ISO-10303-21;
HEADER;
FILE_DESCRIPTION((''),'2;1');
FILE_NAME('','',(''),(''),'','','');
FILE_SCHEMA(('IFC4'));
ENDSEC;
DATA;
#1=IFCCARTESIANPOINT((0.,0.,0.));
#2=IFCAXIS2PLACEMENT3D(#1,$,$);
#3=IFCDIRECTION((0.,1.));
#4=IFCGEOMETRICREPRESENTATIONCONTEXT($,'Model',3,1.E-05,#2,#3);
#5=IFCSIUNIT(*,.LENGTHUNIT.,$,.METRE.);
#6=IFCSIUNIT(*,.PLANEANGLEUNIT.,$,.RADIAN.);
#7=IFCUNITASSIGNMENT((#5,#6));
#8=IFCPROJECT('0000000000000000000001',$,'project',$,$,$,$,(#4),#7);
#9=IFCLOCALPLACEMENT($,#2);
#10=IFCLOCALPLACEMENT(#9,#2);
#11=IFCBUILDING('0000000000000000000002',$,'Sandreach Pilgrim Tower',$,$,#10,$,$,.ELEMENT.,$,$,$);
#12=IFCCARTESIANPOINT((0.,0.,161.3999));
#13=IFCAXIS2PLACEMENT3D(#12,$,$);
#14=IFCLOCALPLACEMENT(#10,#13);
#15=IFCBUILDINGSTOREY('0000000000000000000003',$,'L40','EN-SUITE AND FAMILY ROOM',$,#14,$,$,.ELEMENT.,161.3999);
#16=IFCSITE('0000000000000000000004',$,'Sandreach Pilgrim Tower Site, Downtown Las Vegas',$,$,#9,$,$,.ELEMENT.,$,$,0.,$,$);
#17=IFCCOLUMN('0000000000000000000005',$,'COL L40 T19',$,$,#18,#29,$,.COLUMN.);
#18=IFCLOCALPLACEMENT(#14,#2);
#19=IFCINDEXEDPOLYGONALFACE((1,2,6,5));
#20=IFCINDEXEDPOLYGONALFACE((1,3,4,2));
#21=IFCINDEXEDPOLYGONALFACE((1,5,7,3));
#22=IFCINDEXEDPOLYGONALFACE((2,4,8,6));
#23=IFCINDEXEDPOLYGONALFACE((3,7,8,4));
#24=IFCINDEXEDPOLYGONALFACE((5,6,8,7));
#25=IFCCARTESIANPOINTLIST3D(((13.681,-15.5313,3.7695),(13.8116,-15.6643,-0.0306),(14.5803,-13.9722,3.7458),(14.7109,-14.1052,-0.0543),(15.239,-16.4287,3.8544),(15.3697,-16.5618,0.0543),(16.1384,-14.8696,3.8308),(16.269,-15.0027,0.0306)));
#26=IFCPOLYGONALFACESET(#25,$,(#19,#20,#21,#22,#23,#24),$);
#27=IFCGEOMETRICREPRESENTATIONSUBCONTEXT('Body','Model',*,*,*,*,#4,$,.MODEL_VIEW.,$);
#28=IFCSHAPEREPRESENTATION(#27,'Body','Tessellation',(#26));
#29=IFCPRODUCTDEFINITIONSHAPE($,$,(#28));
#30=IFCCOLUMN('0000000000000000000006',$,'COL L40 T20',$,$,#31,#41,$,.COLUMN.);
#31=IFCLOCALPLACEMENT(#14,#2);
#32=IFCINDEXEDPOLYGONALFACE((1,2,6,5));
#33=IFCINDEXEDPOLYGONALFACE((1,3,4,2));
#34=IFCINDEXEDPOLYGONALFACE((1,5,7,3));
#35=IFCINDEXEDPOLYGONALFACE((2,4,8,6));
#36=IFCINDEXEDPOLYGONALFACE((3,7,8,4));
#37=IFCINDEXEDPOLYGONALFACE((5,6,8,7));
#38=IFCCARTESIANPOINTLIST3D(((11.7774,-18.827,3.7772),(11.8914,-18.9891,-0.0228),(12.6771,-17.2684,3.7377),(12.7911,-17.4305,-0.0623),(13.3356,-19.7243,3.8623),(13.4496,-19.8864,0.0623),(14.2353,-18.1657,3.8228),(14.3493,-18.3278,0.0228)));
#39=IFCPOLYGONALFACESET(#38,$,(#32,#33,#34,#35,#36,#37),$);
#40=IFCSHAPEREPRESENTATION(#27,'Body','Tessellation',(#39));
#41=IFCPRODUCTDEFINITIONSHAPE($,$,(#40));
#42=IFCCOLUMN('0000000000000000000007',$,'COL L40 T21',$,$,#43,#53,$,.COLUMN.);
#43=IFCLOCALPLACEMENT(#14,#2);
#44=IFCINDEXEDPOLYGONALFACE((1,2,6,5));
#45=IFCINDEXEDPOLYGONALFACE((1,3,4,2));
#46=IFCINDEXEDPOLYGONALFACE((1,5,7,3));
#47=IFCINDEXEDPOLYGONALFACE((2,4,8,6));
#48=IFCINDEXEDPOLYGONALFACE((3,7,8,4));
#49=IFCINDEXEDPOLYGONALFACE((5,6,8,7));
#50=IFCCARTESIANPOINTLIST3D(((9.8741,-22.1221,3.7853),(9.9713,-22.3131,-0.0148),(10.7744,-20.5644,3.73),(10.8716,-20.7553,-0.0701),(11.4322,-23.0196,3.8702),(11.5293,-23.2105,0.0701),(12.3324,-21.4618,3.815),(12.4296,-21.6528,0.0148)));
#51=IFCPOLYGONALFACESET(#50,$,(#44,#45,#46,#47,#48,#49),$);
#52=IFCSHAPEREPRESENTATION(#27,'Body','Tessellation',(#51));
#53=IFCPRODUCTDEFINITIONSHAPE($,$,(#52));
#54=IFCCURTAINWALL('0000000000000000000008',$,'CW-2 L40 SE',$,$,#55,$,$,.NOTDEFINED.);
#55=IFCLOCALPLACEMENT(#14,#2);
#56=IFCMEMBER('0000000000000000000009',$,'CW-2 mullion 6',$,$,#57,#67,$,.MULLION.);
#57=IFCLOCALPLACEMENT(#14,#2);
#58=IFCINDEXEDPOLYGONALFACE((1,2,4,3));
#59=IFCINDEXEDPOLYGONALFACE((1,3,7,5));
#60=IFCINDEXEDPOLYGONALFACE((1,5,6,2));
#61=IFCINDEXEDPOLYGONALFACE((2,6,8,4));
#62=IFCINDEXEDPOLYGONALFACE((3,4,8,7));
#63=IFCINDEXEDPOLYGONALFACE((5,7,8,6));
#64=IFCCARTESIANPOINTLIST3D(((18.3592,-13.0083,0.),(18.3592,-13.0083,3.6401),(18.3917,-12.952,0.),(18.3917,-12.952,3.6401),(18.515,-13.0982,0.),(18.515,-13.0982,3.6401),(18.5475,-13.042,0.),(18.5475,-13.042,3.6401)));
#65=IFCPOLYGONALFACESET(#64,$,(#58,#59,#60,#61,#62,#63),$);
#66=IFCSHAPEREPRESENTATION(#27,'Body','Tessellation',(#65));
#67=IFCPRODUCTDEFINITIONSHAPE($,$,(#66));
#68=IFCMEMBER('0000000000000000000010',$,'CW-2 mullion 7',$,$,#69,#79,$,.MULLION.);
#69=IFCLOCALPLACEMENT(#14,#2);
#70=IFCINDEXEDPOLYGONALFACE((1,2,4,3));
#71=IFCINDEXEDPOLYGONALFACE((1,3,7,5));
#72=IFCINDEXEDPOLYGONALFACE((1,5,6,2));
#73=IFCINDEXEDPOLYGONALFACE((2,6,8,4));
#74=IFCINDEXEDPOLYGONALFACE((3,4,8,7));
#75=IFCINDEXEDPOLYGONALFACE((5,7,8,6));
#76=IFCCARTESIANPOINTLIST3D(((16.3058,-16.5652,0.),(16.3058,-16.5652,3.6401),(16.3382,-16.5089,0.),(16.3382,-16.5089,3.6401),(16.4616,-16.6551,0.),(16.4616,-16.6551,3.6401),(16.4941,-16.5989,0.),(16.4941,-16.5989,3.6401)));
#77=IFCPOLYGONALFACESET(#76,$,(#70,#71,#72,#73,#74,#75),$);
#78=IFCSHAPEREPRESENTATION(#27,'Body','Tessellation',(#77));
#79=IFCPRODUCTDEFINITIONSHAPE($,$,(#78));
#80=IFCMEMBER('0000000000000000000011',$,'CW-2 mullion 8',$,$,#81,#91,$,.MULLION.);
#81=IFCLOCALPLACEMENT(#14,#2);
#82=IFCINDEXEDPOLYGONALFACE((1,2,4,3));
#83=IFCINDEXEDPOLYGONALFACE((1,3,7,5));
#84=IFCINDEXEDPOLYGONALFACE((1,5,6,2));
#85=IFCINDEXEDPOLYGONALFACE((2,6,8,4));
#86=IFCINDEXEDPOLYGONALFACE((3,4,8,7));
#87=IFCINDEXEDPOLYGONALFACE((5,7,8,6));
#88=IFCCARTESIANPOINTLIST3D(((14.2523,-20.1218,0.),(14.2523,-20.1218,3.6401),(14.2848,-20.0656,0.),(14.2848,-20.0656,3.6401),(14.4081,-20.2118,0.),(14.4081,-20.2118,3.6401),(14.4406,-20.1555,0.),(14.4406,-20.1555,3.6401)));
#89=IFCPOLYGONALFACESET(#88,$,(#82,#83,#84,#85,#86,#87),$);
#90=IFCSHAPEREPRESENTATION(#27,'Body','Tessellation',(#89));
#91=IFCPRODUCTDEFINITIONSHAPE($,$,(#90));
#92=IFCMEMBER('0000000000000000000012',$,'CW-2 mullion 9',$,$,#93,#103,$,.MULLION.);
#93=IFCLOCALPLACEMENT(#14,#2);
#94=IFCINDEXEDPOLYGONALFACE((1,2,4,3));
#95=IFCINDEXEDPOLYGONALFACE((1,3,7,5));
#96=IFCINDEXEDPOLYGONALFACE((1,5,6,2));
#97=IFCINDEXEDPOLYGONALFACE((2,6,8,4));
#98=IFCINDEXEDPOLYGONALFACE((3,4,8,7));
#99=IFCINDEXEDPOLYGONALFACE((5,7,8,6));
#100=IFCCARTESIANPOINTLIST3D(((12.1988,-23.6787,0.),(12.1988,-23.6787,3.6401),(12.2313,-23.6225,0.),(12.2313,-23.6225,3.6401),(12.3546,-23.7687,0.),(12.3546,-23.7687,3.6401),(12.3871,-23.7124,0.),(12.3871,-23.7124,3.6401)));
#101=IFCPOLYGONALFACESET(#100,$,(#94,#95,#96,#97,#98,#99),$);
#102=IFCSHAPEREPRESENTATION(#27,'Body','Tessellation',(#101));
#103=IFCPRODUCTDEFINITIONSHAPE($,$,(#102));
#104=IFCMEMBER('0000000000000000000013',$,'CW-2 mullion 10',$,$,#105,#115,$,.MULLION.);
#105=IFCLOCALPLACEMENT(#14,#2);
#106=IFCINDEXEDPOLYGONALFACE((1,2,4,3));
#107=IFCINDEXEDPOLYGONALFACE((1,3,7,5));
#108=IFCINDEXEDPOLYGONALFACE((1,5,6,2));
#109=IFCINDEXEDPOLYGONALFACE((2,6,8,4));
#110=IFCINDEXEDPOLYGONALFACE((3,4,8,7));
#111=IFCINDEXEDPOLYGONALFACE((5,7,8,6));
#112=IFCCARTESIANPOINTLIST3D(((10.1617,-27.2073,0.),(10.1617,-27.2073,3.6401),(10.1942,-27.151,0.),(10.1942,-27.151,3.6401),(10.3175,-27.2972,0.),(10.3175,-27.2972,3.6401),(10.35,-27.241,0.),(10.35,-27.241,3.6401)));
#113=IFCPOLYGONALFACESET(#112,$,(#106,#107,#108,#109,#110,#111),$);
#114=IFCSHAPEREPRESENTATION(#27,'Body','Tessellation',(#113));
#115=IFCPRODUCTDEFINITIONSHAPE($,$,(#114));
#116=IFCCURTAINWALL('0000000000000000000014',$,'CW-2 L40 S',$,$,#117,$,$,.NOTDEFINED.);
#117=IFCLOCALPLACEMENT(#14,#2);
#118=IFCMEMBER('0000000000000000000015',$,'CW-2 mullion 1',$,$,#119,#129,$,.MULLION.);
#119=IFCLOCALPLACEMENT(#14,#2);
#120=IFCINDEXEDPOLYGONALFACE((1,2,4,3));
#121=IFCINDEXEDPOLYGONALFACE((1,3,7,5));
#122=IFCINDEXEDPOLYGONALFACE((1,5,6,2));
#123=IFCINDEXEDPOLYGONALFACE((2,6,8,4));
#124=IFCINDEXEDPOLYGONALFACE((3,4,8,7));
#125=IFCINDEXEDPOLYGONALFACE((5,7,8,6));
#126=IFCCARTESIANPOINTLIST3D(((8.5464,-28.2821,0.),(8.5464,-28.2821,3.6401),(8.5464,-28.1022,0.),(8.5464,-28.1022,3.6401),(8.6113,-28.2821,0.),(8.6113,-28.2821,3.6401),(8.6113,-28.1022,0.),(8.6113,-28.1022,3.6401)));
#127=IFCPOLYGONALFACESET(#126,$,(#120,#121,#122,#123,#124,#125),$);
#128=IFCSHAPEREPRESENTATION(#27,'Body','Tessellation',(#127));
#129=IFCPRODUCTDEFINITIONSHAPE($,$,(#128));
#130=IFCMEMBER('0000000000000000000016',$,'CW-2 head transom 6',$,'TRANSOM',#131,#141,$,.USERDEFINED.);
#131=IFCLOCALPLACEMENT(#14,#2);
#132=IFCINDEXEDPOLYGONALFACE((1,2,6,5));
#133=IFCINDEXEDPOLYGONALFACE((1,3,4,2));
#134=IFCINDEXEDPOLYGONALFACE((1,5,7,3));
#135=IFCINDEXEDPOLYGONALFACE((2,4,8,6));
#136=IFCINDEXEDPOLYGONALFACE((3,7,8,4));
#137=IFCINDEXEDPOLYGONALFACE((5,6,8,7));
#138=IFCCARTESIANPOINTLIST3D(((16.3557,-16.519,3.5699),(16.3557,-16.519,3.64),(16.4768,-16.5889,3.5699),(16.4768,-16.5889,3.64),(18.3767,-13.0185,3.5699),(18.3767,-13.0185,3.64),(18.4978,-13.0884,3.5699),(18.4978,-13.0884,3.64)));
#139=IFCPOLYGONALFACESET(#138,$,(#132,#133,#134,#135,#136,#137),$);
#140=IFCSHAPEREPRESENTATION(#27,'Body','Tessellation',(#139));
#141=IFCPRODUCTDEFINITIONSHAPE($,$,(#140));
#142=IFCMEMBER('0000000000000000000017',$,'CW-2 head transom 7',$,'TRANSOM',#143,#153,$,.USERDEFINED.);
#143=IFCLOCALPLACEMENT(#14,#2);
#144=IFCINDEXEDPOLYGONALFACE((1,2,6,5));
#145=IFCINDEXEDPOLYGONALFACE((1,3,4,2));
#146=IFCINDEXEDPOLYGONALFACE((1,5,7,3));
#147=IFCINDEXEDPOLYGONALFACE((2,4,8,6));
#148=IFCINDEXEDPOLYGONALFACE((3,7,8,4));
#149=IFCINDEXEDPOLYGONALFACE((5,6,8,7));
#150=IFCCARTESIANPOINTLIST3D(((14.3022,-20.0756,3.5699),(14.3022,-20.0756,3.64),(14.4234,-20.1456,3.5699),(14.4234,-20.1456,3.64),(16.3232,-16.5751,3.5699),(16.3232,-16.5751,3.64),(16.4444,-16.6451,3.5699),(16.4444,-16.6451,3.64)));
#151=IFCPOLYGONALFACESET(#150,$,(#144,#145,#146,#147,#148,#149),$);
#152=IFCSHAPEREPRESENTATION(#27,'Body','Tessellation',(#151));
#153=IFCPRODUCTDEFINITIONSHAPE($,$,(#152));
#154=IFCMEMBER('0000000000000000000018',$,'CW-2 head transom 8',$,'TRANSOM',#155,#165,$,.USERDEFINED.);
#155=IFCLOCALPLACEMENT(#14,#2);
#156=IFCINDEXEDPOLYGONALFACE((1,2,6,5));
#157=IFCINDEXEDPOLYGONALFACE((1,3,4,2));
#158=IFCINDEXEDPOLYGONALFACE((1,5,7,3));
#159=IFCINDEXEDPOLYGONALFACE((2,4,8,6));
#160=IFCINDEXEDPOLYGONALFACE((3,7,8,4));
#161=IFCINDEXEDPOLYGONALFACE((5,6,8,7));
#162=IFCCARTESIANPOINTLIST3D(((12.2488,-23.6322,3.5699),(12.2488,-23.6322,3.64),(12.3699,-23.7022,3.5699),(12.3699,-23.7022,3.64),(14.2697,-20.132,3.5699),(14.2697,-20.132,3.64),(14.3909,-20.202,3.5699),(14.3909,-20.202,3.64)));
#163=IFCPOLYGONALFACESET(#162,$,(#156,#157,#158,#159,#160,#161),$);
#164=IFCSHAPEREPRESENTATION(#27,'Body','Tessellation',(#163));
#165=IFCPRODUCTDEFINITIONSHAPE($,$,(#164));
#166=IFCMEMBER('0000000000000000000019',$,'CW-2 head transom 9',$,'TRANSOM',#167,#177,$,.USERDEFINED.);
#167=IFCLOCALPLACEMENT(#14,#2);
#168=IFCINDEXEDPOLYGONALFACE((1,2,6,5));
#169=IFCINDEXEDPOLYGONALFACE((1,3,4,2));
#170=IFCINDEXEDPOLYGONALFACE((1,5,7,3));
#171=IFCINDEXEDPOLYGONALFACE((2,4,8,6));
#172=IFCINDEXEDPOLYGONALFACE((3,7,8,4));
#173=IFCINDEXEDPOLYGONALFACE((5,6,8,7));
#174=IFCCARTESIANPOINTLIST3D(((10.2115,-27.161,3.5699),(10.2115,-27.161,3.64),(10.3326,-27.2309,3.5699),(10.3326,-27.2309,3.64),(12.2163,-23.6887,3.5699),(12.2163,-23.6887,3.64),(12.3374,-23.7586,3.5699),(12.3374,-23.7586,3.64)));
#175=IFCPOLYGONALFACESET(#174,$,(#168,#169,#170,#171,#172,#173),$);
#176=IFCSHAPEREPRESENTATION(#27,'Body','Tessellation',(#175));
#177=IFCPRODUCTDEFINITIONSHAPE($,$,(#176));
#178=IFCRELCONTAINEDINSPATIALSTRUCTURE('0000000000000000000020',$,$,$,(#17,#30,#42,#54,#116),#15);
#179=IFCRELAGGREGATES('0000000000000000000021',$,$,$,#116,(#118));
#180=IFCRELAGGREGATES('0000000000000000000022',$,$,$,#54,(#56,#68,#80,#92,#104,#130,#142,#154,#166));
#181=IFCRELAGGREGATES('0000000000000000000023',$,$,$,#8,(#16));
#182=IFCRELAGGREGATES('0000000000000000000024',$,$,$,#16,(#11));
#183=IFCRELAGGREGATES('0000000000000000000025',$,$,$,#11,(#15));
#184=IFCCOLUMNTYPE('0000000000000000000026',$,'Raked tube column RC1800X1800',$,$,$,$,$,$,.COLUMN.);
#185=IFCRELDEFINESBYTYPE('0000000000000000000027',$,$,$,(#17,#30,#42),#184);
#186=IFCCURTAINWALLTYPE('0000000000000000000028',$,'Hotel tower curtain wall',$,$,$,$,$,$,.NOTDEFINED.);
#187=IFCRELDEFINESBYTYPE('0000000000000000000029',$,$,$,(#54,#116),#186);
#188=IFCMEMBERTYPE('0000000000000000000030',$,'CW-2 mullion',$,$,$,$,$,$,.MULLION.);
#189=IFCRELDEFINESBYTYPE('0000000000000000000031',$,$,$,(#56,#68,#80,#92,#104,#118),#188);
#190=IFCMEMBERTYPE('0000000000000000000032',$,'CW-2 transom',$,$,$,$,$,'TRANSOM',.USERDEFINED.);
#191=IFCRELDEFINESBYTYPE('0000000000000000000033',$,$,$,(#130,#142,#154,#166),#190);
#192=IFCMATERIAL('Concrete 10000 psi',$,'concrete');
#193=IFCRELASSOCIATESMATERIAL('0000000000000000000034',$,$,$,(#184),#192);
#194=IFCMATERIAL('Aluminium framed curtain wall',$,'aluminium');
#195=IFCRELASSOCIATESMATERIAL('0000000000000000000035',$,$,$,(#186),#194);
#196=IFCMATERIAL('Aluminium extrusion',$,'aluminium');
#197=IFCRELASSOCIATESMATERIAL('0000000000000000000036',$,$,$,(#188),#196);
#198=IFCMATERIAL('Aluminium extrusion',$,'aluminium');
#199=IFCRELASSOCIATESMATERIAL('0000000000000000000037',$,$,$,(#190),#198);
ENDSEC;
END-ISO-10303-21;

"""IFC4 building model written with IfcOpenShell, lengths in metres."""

from ifc_helpers import new_model, si_unit, direction, frame, origin, origin_2d, place, context, subcontext, project, spatial, rectangle, extrude, material, material_profile, profile_set, type_object, element, aggregate, save


model = new_model("IFC4")

# Units and contexts
model_context = context("Model", 3, precision=1e-05, world=origin(), true_north=direction((0.0, 1.0)))
body_context = subcontext(model_context, "Body", "Model", "MODEL_VIEW")
ifc_project = project(units=[si_unit("LENGTHUNIT", "METRE"), si_unit("PLANEANGLEUNIT", "RADIAN")], contexts=[model_context])

# Site, building, storey
site_placement = place(None, origin())
site = spatial("IfcSite", under=ifc_project, at=site_placement, Name="Sandreach Pilgrim Tower Site, Downtown Las Vegas", CompositionType="ELEMENT", RefElevation=0.0)
building_placement = place(site_placement, origin())
building = spatial("IfcBuilding", under=site, at=building_placement, Name="Sandreach Pilgrim Tower", CompositionType="ELEMENT")
storey_placement = place(building_placement, frame((0.0, 0.0, 161.3999)))
storey = spatial("IfcBuildingStorey", under=building, at=storey_placement, Name="L40", Description="EN-SUITE AND FAMILY ROOM", CompositionType="ELEMENT", Elevation=161.3999)

# Columns
ifc_material_1 = material(Name="Concrete 10000 psi", Category="concrete")
ifc_material_profile_1 = material_profile(ifc_material_1, rectangle(XDim=1.8, YDim=1.8, at=origin_2d()), Name="RC1800X1800")
ifc_profile_set_1 = profile_set([ifc_material_profile_1], Name="Concrete 10000 psi")
column_type = type_object("IfcColumnType", Name="Raked tube column RC1800X1800", PredefinedType="COLUMN", material=ifc_profile_set_1)
column_1_placement = place(storey_placement, frame((15.0403, -15.3335, 0.0), z_axis=(-0.034331, 0.034972, 0.998798), x_axis=(0.865569, -0.49856, 0.047208)))
element("IfcColumn", 1, at=column_1_placement, inside=storey, type_object=column_type, Name="COL L40 T19", PredefinedType="COLUMN", context=body_context, shape_type="SweptSolid", body=[
    extrude(rectangle(XDim=1.8, YDim=1.8, at=origin_2d()), origin(), (0.0, 0.0, 1.0), 3.8047),
])
column_2_placement = place(storey_placement, frame((13.1204, -18.6584, 0.0), z_axis=(-0.029962, 0.042602, 0.998643), x_axis=(0.865618, -0.498472, 0.047236)))
element("IfcColumn", 2, at=column_2_placement, inside=storey, type_object=column_type, Name="COL L40 T20", PredefinedType="COLUMN", context=body_context, shape_type="SweptSolid", body=[
    extrude(rectangle(XDim=1.8, YDim=1.8, at=origin_2d()), origin(), (0.0, 0.0, 1.0), 3.8052),
])
column_3_placement = place(storey_placement, frame((11.2004, -21.9829, 0.0), z_axis=(-0.02553, 0.050161, 0.998415), x_axis=(0.865565, -0.498569, 0.047181)))
element("IfcColumn", 3, at=column_3_placement, inside=storey, type_object=column_type, Name="COL L40 T21", PredefinedType="COLUMN", context=body_context, shape_type="SweptSolid", body=[
    extrude(rectangle(XDim=1.8, YDim=1.8, at=origin_2d()), origin(), (0.0, 0.0, 1.0), 3.8062),
])

# Curtain wall, members
ifc_material_2 = material(Name="Aluminium framed curtain wall", Category="aluminium")
curtain_wall_type = type_object("IfcCurtainWallType", Name="Hotel tower curtain wall", PredefinedType="NOTDEFINED", material=ifc_material_2)
curtain_wall_1_placement = place(storey_placement, origin())
curtain_wall_1 = element("IfcCurtainWall", 4, at=curtain_wall_1_placement, inside=storey, type_object=curtain_wall_type, Name="CW-2 L40 SE", PredefinedType="NOTDEFINED")
ifc_material_3 = material(Name="Aluminium extrusion", Category="aluminium")
ifc_material_profile_2 = material_profile(ifc_material_3, rectangle(XDim=0.0649, YDim=0.1799, at=origin_2d()), Name="CW-2M 65X180")
ifc_profile_set_2 = profile_set([ifc_material_profile_2], Name="Aluminium extrusion")
member_type_1 = type_object("IfcMemberType", Name="CW-2 mullion", PredefinedType="MULLION", material=ifc_profile_set_2)
member_1_placement = place(storey_placement, frame((18.4534, -13.0251, 0.0), z_axis=(0.0, 0.0, 1.0), x_axis=(-0.5, -0.866025, 0.0)))
member_1 = element("IfcMember", 5, at=member_1_placement, type_object=member_type_1, Name="CW-2 mullion 6", PredefinedType="MULLION", context=body_context, shape_type="SweptSolid", body=[
    extrude(rectangle(XDim=0.0649, YDim=0.1799, at=origin_2d()), origin(), (0.0, 0.0, 1.0), 3.6401),
])
member_2_placement = place(storey_placement, frame((16.3999, -16.582, 0.0), z_axis=(0.0, 0.0, 1.0), x_axis=(-0.5, -0.866025, 0.0)))
member_2 = element("IfcMember", 6, at=member_2_placement, type_object=member_type_1, Name="CW-2 mullion 7", PredefinedType="MULLION", context=body_context, shape_type="SweptSolid", body=[
    extrude(rectangle(XDim=0.0649, YDim=0.1799, at=origin_2d()), origin(), (0.0, 0.0, 1.0), 3.6401),
])
member_3_placement = place(storey_placement, frame((14.3464, -20.1387, 0.0), z_axis=(0.0, 0.0, 1.0), x_axis=(-0.5, -0.866025, 0.0)))
member_3 = element("IfcMember", 7, at=member_3_placement, type_object=member_type_1, Name="CW-2 mullion 8", PredefinedType="MULLION", context=body_context, shape_type="SweptSolid", body=[
    extrude(rectangle(XDim=0.0649, YDim=0.1799, at=origin_2d()), origin(), (0.0, 0.0, 1.0), 3.6401),
])
member_4_placement = place(storey_placement, frame((12.293, -23.6956, 0.0), z_axis=(0.0, 0.0, 1.0), x_axis=(-0.5, -0.866025, 0.0)))
member_4 = element("IfcMember", 8, at=member_4_placement, type_object=member_type_1, Name="CW-2 mullion 9", PredefinedType="MULLION", context=body_context, shape_type="SweptSolid", body=[
    extrude(rectangle(XDim=0.0649, YDim=0.1799, at=origin_2d()), origin(), (0.0, 0.0, 1.0), 3.6401),
])
member_5_placement = place(storey_placement, frame((10.2559, -27.2241, 0.0), z_axis=(0.0, 0.0, 1.0), x_axis=(-0.5, -0.866025, 0.0)))
member_5 = element("IfcMember", 9, at=member_5_placement, type_object=member_type_1, Name="CW-2 mullion 10", PredefinedType="MULLION", context=body_context, shape_type="SweptSolid", body=[
    extrude(rectangle(XDim=0.0649, YDim=0.1799, at=origin_2d()), origin(), (0.0, 0.0, 1.0), 3.6401),
])

# Curtain wall, member
curtain_wall_2_placement = place(storey_placement, origin())
curtain_wall_2 = element("IfcCurtainWall", 10, at=curtain_wall_2_placement, inside=storey, type_object=curtain_wall_type, Name="CW-2 L40 S", PredefinedType="NOTDEFINED")
member_6_placement = place(storey_placement, frame((8.5789, -28.1921, 0.0), z_axis=(0.0, 0.0, 1.0), x_axis=(-1.0, 0.0, 0.0)))
member_6 = element("IfcMember", 11, at=member_6_placement, type_object=member_type_1, Name="CW-2 mullion 1", PredefinedType="MULLION", context=body_context, shape_type="SweptSolid", body=[
    extrude(rectangle(XDim=0.0649, YDim=0.1799, at=origin_2d()), origin(), (0.0, 0.0, 1.0), 3.6401),
])
aggregate(curtain_wall_2, [member_6])

# Members
ifc_material_4 = material(Name="Aluminium extrusion", Category="aluminium")
ifc_material_profile_3 = material_profile(ifc_material_4, rectangle(XDim=0.1399, YDim=0.0701, at=origin_2d()), Name="CW-2T 140X70")
ifc_profile_set_3 = profile_set([ifc_material_profile_3], Name="Aluminium extrusion")
member_type_2 = type_object("IfcMemberType", Name="CW-2 transom", ElementType="TRANSOM", PredefinedType="USERDEFINED", material=ifc_profile_set_3)
member_7_placement = place(storey_placement, frame((18.4373, -13.0535, 3.605), z_axis=(-0.499998, -0.866027, 0.0), x_axis=(0.866027, -0.499998, 0.0)))
member_7 = element("IfcMember", 12, at=member_7_placement, type_object=member_type_2, Name="CW-2 head transom 6", ObjectType="TRANSOM", PredefinedType="USERDEFINED", context=body_context, shape_type="SweptSolid", body=[
    extrude(rectangle(XDim=0.1399, YDim=0.0701, at=origin_2d()), origin(), (0.0, 0.0, 1.0), 4.042),
])
member_8_placement = place(storey_placement, frame((16.3838, -16.6101, 3.605), z_axis=(-0.499998, -0.866027, 0.0), x_axis=(0.866027, -0.499998, 0.0)))
member_8 = element("IfcMember", 13, at=member_8_placement, type_object=member_type_2, Name="CW-2 head transom 7", ObjectType="TRANSOM", PredefinedType="USERDEFINED", context=body_context, shape_type="SweptSolid", body=[
    extrude(rectangle(XDim=0.1399, YDim=0.0701, at=origin_2d()), origin(), (0.0, 0.0, 1.0), 4.042),
])
member_9_placement = place(storey_placement, frame((14.3303, -20.167, 3.605), z_axis=(-0.500024, -0.866012, 0.0), x_axis=(0.866012, -0.500024, 0.0)))
member_9 = element("IfcMember", 14, at=member_9_placement, type_object=member_type_2, Name="CW-2 head transom 8", ObjectType="TRANSOM", PredefinedType="USERDEFINED", context=body_context, shape_type="SweptSolid", body=[
    extrude(rectangle(XDim=0.1399, YDim=0.0701, at=origin_2d()), origin(), (0.0, 0.0, 1.0), 4.0417),
])
member_10_placement = place(storey_placement, frame((12.2769, -23.7236, 3.605), z_axis=(-0.500016, -0.866016, 0.0), x_axis=(0.866016, -0.500016, 0.0)))
member_10 = element("IfcMember", 15, at=member_10_placement, type_object=member_type_2, Name="CW-2 head transom 9", ObjectType="TRANSOM", PredefinedType="USERDEFINED", context=body_context, shape_type="SweptSolid", body=[
    extrude(rectangle(XDim=0.1399, YDim=0.0701, at=origin_2d()), origin(), (0.0, 0.0, 1.0), 4.0095),
])

aggregate(curtain_wall_1, [member_1, member_2, member_3, member_4, member_5, member_7, member_8, member_9, member_10])

save(model, "model.ifc")
